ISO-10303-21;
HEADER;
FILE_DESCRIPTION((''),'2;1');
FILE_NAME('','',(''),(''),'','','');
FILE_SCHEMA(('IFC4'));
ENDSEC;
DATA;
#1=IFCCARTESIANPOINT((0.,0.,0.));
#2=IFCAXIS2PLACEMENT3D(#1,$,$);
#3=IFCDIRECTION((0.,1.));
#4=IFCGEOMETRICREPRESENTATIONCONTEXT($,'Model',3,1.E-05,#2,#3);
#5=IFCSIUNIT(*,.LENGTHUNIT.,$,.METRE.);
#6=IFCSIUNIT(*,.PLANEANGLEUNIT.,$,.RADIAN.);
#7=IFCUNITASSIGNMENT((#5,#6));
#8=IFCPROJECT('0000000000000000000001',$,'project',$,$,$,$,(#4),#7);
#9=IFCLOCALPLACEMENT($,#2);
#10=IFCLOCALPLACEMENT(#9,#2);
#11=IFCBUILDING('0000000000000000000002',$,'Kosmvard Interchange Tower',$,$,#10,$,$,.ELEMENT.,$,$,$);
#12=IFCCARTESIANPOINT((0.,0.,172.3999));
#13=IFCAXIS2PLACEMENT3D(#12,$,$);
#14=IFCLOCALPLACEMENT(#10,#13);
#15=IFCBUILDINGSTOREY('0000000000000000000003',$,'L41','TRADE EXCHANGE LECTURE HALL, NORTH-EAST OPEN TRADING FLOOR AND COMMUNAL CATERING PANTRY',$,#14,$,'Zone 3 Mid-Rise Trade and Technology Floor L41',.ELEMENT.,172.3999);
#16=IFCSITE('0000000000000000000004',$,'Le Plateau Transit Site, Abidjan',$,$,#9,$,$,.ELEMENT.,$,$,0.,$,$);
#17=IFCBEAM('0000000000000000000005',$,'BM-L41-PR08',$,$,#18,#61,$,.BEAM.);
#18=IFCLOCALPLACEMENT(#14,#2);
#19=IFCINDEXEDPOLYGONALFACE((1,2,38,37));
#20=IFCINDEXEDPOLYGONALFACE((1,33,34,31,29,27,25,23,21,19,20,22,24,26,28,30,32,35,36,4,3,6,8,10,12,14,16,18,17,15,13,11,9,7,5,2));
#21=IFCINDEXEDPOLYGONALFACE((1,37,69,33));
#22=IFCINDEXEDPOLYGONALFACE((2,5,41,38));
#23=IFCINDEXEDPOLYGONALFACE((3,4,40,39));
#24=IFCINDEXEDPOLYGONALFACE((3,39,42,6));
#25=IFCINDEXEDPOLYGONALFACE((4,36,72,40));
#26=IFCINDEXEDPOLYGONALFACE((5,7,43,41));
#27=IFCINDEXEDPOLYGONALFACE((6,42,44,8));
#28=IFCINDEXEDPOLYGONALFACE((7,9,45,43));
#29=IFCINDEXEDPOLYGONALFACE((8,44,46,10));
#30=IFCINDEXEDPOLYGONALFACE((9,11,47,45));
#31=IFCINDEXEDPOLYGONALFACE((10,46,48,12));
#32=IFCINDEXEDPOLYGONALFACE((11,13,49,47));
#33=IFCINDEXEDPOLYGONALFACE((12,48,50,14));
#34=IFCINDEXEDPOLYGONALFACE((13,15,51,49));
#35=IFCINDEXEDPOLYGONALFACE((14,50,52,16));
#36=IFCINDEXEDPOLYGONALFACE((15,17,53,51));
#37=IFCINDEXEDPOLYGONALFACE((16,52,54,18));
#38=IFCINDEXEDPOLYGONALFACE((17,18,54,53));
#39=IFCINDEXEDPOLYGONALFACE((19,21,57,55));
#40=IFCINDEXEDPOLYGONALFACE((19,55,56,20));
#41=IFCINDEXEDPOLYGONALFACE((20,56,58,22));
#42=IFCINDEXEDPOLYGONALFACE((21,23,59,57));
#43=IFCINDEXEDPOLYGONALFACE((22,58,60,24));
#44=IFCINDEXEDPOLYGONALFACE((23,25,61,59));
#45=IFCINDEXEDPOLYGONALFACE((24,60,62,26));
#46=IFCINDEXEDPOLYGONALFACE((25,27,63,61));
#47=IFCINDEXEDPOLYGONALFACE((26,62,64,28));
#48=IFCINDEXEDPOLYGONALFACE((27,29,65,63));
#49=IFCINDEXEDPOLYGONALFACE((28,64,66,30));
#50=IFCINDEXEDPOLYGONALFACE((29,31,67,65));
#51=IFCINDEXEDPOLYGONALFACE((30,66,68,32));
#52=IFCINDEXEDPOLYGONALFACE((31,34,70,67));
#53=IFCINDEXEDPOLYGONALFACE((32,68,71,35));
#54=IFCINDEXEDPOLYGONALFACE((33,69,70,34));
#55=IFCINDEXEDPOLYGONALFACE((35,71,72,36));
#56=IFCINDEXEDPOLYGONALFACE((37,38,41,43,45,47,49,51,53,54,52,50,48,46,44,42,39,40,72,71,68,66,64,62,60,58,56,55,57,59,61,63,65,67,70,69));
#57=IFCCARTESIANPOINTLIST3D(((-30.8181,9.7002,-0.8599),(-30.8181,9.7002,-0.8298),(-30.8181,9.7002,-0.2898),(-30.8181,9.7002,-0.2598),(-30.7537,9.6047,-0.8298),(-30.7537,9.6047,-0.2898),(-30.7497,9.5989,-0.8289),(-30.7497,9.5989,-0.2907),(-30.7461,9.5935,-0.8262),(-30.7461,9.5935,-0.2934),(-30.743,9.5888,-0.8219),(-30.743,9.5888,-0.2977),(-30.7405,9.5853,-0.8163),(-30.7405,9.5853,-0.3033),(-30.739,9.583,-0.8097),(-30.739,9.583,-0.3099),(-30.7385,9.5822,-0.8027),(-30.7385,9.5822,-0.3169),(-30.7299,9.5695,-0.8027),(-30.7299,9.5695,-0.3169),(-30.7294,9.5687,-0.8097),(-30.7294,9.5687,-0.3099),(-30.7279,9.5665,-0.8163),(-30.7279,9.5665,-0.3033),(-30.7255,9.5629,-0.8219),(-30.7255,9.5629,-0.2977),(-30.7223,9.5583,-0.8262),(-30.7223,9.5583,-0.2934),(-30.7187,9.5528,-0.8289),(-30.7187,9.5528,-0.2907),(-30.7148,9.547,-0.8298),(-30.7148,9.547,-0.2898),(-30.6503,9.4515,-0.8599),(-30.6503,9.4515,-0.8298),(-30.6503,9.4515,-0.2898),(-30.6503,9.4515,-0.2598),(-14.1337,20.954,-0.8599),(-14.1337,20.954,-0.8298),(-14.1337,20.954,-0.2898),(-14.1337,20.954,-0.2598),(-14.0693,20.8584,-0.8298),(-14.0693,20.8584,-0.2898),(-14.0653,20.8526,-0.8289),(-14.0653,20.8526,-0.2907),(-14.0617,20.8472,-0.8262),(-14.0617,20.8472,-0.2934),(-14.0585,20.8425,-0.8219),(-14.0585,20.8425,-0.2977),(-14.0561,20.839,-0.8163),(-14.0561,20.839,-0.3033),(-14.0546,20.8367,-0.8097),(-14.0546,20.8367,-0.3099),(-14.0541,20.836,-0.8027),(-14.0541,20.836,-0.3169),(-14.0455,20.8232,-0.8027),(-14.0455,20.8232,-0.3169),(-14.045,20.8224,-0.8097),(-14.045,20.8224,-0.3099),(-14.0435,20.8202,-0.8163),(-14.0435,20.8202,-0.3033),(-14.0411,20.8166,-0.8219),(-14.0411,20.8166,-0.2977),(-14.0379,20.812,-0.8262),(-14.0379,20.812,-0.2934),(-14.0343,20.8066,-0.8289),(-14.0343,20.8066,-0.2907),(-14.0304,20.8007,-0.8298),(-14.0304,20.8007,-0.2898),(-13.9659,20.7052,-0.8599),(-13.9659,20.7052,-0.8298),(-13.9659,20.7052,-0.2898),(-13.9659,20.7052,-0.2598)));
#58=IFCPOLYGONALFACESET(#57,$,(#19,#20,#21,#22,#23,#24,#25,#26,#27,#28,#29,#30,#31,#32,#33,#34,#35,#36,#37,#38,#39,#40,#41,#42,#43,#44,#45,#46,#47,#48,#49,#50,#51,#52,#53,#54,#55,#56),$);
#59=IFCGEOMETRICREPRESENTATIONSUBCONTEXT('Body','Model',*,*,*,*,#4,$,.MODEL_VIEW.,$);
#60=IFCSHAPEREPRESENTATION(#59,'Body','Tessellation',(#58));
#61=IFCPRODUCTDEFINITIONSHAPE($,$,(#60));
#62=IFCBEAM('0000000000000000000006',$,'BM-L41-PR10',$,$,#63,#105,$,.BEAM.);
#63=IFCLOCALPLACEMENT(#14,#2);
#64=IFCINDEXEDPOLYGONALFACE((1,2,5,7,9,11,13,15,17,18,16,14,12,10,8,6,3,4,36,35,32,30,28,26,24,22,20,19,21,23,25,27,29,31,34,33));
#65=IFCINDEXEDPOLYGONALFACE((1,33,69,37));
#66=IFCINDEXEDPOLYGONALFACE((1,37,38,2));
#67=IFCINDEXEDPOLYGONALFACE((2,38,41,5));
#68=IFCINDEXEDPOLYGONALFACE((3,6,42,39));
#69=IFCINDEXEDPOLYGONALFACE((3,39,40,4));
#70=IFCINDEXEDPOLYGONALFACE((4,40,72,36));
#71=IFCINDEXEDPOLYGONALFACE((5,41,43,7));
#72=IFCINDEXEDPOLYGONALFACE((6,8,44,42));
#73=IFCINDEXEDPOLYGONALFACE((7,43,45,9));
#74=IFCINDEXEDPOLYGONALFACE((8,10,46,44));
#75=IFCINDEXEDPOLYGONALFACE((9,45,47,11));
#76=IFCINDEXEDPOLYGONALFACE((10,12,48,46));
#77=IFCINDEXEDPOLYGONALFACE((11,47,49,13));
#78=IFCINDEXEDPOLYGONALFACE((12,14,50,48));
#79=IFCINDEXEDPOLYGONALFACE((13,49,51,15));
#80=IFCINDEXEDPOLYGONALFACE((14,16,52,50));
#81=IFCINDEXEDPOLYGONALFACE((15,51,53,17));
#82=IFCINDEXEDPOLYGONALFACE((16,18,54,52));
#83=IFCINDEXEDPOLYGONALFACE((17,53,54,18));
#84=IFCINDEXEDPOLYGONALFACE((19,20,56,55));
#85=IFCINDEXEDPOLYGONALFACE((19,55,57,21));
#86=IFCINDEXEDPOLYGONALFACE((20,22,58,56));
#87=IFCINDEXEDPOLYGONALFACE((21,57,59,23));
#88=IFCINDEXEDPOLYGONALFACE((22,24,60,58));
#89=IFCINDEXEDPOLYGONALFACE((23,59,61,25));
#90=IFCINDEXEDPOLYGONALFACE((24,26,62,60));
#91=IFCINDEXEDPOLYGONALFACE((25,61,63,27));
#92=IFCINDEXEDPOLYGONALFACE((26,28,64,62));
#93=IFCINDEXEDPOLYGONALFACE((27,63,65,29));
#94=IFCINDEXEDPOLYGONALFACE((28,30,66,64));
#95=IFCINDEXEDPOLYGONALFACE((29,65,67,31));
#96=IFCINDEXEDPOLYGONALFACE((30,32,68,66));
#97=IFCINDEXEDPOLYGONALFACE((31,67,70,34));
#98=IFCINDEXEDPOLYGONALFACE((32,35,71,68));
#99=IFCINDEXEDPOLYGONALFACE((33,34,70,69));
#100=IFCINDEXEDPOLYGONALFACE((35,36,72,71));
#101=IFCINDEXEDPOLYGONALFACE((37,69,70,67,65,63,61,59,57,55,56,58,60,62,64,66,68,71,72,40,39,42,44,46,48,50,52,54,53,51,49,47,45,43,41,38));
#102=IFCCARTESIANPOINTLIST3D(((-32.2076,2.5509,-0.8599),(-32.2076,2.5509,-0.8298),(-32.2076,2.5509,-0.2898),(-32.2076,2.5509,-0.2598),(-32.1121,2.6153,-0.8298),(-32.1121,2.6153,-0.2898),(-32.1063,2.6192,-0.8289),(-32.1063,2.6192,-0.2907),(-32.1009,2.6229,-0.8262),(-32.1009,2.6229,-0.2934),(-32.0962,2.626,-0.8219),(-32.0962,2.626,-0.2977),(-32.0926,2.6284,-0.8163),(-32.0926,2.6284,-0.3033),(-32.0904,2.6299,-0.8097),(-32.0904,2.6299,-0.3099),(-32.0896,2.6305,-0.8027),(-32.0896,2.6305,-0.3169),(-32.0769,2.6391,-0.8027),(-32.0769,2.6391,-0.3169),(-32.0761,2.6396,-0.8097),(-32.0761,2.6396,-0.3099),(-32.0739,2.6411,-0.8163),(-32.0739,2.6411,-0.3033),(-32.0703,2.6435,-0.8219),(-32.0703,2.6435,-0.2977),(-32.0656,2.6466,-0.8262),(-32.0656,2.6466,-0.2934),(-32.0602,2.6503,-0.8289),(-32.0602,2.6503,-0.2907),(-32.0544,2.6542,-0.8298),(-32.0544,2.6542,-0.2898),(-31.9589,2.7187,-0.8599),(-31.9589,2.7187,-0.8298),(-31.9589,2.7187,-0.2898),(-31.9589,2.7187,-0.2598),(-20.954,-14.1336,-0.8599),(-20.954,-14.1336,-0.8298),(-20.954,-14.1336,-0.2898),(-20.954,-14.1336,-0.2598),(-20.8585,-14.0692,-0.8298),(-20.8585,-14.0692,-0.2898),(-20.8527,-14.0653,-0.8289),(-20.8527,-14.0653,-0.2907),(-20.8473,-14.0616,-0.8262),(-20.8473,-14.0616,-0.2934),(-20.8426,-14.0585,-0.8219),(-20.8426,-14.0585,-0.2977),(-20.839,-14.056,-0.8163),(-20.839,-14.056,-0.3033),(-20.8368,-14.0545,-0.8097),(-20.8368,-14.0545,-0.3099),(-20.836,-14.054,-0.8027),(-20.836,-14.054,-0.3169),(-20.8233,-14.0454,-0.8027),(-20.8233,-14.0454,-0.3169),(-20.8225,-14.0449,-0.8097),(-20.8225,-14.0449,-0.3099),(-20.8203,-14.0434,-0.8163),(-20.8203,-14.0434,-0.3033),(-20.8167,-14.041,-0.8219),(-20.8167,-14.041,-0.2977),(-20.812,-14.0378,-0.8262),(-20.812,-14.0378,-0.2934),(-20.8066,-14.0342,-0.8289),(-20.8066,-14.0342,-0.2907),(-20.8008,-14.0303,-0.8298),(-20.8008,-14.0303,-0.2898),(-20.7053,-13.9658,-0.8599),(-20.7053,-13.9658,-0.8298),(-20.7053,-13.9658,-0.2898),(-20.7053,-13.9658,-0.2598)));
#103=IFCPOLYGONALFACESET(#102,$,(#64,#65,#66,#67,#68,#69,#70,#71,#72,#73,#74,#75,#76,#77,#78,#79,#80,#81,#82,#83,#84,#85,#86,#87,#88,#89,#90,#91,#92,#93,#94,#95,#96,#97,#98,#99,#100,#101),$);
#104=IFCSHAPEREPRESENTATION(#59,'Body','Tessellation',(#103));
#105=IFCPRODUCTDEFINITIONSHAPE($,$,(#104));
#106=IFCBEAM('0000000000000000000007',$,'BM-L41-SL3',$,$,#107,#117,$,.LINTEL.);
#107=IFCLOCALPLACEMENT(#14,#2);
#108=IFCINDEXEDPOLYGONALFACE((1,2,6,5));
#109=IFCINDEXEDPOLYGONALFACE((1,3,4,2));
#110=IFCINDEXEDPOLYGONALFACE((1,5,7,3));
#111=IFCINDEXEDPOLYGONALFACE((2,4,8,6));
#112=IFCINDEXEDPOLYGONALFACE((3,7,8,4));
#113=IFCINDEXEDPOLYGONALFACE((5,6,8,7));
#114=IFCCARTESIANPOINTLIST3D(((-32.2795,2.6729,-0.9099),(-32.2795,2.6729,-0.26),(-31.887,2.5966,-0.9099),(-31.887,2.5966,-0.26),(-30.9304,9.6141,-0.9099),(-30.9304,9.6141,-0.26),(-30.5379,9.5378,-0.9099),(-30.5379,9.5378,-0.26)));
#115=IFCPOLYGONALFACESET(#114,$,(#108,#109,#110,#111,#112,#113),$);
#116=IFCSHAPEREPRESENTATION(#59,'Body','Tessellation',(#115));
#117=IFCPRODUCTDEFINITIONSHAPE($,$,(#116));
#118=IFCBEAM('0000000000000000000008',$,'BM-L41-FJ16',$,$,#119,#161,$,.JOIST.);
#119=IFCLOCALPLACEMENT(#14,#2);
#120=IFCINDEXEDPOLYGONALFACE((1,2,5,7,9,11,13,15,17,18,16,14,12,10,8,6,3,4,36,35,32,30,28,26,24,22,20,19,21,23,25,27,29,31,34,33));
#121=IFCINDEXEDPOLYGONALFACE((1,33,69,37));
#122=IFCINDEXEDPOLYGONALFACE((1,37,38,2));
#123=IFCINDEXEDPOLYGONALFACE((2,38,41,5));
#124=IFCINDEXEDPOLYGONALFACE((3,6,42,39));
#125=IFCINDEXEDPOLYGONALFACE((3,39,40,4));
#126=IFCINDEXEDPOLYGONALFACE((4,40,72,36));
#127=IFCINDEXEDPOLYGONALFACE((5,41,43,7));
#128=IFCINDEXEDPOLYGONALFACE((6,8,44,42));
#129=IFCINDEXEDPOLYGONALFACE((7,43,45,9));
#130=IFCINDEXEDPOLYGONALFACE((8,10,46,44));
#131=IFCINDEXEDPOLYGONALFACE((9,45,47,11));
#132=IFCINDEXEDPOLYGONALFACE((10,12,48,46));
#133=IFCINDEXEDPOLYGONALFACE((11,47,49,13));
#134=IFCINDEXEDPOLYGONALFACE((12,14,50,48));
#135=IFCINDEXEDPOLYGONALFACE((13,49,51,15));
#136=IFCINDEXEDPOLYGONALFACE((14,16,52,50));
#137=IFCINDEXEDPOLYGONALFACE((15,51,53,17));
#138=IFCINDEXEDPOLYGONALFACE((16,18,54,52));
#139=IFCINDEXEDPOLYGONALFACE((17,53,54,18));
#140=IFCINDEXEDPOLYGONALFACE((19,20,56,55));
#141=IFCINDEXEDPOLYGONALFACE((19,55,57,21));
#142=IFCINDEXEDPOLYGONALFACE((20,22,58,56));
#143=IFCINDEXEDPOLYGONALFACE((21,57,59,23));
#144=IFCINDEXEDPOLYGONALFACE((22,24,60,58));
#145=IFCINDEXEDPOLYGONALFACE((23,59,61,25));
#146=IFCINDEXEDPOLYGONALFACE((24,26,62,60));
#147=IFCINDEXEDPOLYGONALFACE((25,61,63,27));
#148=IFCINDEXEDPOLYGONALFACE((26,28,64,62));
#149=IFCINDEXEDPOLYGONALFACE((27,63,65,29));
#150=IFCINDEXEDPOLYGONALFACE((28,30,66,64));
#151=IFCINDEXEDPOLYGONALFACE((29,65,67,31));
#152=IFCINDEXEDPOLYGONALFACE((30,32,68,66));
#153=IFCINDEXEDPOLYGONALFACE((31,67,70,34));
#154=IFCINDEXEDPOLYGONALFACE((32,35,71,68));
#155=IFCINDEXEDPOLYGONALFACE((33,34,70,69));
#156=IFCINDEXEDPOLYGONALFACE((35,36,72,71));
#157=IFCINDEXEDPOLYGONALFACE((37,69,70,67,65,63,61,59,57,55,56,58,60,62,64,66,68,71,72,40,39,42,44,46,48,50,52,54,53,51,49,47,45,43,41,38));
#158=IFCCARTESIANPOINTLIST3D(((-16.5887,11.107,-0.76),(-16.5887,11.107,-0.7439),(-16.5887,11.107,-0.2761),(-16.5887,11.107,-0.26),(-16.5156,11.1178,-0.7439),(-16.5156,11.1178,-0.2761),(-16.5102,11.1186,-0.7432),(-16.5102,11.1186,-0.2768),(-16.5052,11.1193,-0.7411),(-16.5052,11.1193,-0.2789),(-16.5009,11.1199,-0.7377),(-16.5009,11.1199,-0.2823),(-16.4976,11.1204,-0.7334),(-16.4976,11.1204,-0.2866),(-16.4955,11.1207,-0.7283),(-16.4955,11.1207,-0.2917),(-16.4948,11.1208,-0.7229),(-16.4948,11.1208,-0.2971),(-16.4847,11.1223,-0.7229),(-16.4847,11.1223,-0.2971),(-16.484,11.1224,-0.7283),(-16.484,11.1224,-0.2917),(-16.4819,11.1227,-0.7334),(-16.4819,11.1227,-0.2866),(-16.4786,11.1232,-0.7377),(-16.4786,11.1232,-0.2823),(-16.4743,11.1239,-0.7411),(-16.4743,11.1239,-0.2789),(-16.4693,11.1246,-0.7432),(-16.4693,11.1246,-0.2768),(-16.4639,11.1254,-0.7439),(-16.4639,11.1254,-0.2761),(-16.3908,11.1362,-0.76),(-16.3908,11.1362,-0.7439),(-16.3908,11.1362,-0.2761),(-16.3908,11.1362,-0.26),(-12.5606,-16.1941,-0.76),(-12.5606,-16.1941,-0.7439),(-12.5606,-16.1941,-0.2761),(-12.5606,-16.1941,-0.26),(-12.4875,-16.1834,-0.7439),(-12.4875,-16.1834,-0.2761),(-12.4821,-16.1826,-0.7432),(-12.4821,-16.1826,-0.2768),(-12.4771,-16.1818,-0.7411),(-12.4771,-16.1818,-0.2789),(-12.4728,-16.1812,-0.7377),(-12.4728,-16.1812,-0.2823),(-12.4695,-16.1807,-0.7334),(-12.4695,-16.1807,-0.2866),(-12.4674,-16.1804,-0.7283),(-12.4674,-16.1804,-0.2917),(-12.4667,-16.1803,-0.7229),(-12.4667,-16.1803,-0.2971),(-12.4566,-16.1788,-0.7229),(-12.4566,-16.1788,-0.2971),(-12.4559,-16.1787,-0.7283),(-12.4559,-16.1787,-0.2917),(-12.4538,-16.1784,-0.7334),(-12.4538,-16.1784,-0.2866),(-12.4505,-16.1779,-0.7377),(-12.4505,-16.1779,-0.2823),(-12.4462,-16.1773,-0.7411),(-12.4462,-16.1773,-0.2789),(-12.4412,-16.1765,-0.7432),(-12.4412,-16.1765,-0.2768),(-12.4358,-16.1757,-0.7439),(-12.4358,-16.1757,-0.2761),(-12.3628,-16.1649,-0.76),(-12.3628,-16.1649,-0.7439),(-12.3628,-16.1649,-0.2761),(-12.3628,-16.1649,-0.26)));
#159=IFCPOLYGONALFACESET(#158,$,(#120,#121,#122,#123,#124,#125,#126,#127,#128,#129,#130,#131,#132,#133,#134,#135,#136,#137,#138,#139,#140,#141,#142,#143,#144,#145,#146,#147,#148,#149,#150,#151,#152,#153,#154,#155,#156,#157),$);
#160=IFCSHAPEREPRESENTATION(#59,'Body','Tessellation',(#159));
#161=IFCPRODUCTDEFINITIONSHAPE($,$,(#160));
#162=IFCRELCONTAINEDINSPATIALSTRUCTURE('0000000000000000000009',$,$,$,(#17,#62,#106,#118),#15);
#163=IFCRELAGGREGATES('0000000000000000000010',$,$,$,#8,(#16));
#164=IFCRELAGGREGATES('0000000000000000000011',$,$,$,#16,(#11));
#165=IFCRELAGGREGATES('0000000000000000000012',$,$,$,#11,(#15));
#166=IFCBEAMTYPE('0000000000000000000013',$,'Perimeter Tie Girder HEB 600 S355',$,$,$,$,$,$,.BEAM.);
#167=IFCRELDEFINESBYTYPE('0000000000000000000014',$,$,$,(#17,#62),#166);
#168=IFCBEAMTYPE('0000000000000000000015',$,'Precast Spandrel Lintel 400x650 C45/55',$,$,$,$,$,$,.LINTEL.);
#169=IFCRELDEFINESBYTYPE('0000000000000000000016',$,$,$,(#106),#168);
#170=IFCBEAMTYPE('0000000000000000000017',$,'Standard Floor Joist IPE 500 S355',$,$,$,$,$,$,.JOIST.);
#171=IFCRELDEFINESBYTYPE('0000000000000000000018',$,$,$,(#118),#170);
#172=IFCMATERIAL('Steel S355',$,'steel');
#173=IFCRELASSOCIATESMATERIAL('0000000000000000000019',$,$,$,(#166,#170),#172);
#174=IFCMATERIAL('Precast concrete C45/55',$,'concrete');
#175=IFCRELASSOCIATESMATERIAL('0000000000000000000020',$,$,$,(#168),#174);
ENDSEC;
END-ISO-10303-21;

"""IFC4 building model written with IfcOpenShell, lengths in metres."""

from ifc_helpers import new_model, si_unit, direction, frame, origin, origin_2d, place, context, subcontext, project, spatial, rectangle, i_section, extrude, source, transform, mapped, material, material_profile, profile_set, type_object, element, save


model = new_model("IFC4")

# Units and contexts
model_context = context("Model", 3, precision=1e-05, world=origin(), true_north=direction((0.0, 1.0)))
body_context = subcontext(model_context, "Body", "Model", "MODEL_VIEW")
ifc_project = project(units=[si_unit("LENGTHUNIT", "METRE"), si_unit("PLANEANGLEUNIT", "RADIAN")], contexts=[model_context])

# Site, building, storey
site_placement = place(None, origin())
site = spatial("IfcSite", under=ifc_project, at=site_placement, Name="Le Plateau Transit Site, Abidjan", CompositionType="ELEMENT", RefElevation=0.0)
building_placement = place(site_placement, origin())
building = spatial("IfcBuilding", under=site, at=building_placement, Name="Kosmvard Interchange Tower", CompositionType="ELEMENT")
storey_placement = place(building_placement, frame((0.0, 0.0, 172.3999)))
storey = spatial("IfcBuildingStorey", under=building, at=storey_placement, Name="L41", Description="TRADE EXCHANGE LECTURE HALL, NORTH-EAST OPEN TRADING FLOOR AND COMMUNAL CATERING PANTRY", LongName="Zone 3 Mid-Rise Trade and Technology Floor L41", CompositionType="ELEMENT", Elevation=172.3999)

# Beams
ifc_material_1 = material(Name="Steel S355", Category="steel")
ifc_material_profile_1 = material_profile(ifc_material_1, i_section(OverallWidth=0.3, OverallDepth=0.6001, WebThickness=0.0154, FlangeThickness=0.03, FilletRadius=0.0271, at=origin_2d()), Name="HEB 600")
ifc_profile_set_1 = profile_set([ifc_material_profile_1], Name="Steel S355")
beam_type_1 = type_object("IfcBeamType", Name="Perimeter Tie Girder HEB 600 S355", PredefinedType="BEAM", material=ifc_profile_set_1)
shared_shape_1 = source(origin(), body_context, "Body", "SweptSolid", [
    extrude(i_section(OverallWidth=0.3, OverallDepth=0.6001, WebThickness=0.0154, FlangeThickness=0.03, FilletRadius=0.0271, at=origin_2d()), origin(), (0.0, 0.0, 1.0), 20.125),
])
for number, where, z_axis, x_axis, name in (
    (1, (-14.0498, 20.8296, -0.5598), (-0.829039, -0.559191, 0.0), (0.559191, -0.829039, 0.0), "BM-L41-PR08"),
    (2, (-32.0833, 2.6348, -0.5598), (0.559185, -0.829043, 0.0), (0.829043, 0.559185, 0.0), "BM-L41-PR10"),
):
    element("IfcBeam", number, at=place(storey_placement, frame(where, z_axis=z_axis, x_axis=x_axis)), inside=storey, type_object=beam_type_1, Name=name, PredefinedType="BEAM", context=body_context, shape_type="MappedRepresentation", body=[
        mapped(shared_shape_1, transform((0.0, 0.0, 0.0), scale=1.0)),
    ])
ifc_material_2 = material(Name="Precast concrete C45/55", Category="concrete")
ifc_material_profile_2 = material_profile(ifc_material_2, rectangle(XDim=0.3999, YDim=0.6499, at=origin_2d()), Name="SL 400x650")
ifc_profile_set_2 = profile_set([ifc_material_profile_2], Name="Precast concrete C45/55")
beam_type_2 = type_object("IfcBeamType", Name="Precast Spandrel Lintel 400x650 C45/55", PredefinedType="LINTEL", material=ifc_profile_set_2)
shared_shape_2 = source(origin(), body_context, "Body", "SweptSolid", [
    extrude(rectangle(XDim=0.3999, YDim=0.6499, at=origin_2d()), origin(), (0.0, 0.0, 1.0), 7.071),
])
beam_1_placement = place(storey_placement, frame((-30.7341, 9.5759, -0.585), z_axis=(-0.190795, -0.98163, 0.0), x_axis=(0.98163, -0.190795, 0.0)))
element("IfcBeam", 3, at=beam_1_placement, inside=storey, type_object=beam_type_2, Name="BM-L41-SL3", PredefinedType="LINTEL", context=body_context, shape_type="MappedRepresentation", body=[
    mapped(shared_shape_2, transform((0.0, 0.0, 0.0), scale=1.0)),
])
ifc_material_profile_3 = material_profile(ifc_material_1, i_section(OverallWidth=0.2, OverallDepth=0.5, WebThickness=0.0103, FlangeThickness=0.0161, FilletRadius=0.021, at=origin_2d()), Name="IPE 500")
ifc_profile_set_3 = profile_set([ifc_material_profile_3], Name="Steel S355")
beam_type_3 = type_object("IfcBeamType", Name="Standard Floor Joist IPE 500 S355", PredefinedType="JOIST", material=ifc_profile_set_3)
shared_shape_3 = source(origin(), body_context, "Body", "SweptSolid", [
    extrude(i_section(OverallWidth=0.2, OverallDepth=0.5, WebThickness=0.0103, FlangeThickness=0.0161, FilletRadius=0.021, at=origin_2d()), origin(), (0.0, 0.0, 1.0), 27.5967),
])
beam_2_placement = place(storey_placement, frame((-16.4897, 11.1216, -0.51), z_axis=(0.145963, -0.98929, 0.0), x_axis=(0.98929, 0.145963, 0.0)))
element("IfcBeam", 4, at=beam_2_placement, inside=storey, type_object=beam_type_3, Name="BM-L41-FJ16", PredefinedType="JOIST", context=body_context, shape_type="MappedRepresentation", body=[
    mapped(shared_shape_3, transform((0.0, 0.0, 0.0), scale=1.0)),
])

save(model, "model.ifc")
